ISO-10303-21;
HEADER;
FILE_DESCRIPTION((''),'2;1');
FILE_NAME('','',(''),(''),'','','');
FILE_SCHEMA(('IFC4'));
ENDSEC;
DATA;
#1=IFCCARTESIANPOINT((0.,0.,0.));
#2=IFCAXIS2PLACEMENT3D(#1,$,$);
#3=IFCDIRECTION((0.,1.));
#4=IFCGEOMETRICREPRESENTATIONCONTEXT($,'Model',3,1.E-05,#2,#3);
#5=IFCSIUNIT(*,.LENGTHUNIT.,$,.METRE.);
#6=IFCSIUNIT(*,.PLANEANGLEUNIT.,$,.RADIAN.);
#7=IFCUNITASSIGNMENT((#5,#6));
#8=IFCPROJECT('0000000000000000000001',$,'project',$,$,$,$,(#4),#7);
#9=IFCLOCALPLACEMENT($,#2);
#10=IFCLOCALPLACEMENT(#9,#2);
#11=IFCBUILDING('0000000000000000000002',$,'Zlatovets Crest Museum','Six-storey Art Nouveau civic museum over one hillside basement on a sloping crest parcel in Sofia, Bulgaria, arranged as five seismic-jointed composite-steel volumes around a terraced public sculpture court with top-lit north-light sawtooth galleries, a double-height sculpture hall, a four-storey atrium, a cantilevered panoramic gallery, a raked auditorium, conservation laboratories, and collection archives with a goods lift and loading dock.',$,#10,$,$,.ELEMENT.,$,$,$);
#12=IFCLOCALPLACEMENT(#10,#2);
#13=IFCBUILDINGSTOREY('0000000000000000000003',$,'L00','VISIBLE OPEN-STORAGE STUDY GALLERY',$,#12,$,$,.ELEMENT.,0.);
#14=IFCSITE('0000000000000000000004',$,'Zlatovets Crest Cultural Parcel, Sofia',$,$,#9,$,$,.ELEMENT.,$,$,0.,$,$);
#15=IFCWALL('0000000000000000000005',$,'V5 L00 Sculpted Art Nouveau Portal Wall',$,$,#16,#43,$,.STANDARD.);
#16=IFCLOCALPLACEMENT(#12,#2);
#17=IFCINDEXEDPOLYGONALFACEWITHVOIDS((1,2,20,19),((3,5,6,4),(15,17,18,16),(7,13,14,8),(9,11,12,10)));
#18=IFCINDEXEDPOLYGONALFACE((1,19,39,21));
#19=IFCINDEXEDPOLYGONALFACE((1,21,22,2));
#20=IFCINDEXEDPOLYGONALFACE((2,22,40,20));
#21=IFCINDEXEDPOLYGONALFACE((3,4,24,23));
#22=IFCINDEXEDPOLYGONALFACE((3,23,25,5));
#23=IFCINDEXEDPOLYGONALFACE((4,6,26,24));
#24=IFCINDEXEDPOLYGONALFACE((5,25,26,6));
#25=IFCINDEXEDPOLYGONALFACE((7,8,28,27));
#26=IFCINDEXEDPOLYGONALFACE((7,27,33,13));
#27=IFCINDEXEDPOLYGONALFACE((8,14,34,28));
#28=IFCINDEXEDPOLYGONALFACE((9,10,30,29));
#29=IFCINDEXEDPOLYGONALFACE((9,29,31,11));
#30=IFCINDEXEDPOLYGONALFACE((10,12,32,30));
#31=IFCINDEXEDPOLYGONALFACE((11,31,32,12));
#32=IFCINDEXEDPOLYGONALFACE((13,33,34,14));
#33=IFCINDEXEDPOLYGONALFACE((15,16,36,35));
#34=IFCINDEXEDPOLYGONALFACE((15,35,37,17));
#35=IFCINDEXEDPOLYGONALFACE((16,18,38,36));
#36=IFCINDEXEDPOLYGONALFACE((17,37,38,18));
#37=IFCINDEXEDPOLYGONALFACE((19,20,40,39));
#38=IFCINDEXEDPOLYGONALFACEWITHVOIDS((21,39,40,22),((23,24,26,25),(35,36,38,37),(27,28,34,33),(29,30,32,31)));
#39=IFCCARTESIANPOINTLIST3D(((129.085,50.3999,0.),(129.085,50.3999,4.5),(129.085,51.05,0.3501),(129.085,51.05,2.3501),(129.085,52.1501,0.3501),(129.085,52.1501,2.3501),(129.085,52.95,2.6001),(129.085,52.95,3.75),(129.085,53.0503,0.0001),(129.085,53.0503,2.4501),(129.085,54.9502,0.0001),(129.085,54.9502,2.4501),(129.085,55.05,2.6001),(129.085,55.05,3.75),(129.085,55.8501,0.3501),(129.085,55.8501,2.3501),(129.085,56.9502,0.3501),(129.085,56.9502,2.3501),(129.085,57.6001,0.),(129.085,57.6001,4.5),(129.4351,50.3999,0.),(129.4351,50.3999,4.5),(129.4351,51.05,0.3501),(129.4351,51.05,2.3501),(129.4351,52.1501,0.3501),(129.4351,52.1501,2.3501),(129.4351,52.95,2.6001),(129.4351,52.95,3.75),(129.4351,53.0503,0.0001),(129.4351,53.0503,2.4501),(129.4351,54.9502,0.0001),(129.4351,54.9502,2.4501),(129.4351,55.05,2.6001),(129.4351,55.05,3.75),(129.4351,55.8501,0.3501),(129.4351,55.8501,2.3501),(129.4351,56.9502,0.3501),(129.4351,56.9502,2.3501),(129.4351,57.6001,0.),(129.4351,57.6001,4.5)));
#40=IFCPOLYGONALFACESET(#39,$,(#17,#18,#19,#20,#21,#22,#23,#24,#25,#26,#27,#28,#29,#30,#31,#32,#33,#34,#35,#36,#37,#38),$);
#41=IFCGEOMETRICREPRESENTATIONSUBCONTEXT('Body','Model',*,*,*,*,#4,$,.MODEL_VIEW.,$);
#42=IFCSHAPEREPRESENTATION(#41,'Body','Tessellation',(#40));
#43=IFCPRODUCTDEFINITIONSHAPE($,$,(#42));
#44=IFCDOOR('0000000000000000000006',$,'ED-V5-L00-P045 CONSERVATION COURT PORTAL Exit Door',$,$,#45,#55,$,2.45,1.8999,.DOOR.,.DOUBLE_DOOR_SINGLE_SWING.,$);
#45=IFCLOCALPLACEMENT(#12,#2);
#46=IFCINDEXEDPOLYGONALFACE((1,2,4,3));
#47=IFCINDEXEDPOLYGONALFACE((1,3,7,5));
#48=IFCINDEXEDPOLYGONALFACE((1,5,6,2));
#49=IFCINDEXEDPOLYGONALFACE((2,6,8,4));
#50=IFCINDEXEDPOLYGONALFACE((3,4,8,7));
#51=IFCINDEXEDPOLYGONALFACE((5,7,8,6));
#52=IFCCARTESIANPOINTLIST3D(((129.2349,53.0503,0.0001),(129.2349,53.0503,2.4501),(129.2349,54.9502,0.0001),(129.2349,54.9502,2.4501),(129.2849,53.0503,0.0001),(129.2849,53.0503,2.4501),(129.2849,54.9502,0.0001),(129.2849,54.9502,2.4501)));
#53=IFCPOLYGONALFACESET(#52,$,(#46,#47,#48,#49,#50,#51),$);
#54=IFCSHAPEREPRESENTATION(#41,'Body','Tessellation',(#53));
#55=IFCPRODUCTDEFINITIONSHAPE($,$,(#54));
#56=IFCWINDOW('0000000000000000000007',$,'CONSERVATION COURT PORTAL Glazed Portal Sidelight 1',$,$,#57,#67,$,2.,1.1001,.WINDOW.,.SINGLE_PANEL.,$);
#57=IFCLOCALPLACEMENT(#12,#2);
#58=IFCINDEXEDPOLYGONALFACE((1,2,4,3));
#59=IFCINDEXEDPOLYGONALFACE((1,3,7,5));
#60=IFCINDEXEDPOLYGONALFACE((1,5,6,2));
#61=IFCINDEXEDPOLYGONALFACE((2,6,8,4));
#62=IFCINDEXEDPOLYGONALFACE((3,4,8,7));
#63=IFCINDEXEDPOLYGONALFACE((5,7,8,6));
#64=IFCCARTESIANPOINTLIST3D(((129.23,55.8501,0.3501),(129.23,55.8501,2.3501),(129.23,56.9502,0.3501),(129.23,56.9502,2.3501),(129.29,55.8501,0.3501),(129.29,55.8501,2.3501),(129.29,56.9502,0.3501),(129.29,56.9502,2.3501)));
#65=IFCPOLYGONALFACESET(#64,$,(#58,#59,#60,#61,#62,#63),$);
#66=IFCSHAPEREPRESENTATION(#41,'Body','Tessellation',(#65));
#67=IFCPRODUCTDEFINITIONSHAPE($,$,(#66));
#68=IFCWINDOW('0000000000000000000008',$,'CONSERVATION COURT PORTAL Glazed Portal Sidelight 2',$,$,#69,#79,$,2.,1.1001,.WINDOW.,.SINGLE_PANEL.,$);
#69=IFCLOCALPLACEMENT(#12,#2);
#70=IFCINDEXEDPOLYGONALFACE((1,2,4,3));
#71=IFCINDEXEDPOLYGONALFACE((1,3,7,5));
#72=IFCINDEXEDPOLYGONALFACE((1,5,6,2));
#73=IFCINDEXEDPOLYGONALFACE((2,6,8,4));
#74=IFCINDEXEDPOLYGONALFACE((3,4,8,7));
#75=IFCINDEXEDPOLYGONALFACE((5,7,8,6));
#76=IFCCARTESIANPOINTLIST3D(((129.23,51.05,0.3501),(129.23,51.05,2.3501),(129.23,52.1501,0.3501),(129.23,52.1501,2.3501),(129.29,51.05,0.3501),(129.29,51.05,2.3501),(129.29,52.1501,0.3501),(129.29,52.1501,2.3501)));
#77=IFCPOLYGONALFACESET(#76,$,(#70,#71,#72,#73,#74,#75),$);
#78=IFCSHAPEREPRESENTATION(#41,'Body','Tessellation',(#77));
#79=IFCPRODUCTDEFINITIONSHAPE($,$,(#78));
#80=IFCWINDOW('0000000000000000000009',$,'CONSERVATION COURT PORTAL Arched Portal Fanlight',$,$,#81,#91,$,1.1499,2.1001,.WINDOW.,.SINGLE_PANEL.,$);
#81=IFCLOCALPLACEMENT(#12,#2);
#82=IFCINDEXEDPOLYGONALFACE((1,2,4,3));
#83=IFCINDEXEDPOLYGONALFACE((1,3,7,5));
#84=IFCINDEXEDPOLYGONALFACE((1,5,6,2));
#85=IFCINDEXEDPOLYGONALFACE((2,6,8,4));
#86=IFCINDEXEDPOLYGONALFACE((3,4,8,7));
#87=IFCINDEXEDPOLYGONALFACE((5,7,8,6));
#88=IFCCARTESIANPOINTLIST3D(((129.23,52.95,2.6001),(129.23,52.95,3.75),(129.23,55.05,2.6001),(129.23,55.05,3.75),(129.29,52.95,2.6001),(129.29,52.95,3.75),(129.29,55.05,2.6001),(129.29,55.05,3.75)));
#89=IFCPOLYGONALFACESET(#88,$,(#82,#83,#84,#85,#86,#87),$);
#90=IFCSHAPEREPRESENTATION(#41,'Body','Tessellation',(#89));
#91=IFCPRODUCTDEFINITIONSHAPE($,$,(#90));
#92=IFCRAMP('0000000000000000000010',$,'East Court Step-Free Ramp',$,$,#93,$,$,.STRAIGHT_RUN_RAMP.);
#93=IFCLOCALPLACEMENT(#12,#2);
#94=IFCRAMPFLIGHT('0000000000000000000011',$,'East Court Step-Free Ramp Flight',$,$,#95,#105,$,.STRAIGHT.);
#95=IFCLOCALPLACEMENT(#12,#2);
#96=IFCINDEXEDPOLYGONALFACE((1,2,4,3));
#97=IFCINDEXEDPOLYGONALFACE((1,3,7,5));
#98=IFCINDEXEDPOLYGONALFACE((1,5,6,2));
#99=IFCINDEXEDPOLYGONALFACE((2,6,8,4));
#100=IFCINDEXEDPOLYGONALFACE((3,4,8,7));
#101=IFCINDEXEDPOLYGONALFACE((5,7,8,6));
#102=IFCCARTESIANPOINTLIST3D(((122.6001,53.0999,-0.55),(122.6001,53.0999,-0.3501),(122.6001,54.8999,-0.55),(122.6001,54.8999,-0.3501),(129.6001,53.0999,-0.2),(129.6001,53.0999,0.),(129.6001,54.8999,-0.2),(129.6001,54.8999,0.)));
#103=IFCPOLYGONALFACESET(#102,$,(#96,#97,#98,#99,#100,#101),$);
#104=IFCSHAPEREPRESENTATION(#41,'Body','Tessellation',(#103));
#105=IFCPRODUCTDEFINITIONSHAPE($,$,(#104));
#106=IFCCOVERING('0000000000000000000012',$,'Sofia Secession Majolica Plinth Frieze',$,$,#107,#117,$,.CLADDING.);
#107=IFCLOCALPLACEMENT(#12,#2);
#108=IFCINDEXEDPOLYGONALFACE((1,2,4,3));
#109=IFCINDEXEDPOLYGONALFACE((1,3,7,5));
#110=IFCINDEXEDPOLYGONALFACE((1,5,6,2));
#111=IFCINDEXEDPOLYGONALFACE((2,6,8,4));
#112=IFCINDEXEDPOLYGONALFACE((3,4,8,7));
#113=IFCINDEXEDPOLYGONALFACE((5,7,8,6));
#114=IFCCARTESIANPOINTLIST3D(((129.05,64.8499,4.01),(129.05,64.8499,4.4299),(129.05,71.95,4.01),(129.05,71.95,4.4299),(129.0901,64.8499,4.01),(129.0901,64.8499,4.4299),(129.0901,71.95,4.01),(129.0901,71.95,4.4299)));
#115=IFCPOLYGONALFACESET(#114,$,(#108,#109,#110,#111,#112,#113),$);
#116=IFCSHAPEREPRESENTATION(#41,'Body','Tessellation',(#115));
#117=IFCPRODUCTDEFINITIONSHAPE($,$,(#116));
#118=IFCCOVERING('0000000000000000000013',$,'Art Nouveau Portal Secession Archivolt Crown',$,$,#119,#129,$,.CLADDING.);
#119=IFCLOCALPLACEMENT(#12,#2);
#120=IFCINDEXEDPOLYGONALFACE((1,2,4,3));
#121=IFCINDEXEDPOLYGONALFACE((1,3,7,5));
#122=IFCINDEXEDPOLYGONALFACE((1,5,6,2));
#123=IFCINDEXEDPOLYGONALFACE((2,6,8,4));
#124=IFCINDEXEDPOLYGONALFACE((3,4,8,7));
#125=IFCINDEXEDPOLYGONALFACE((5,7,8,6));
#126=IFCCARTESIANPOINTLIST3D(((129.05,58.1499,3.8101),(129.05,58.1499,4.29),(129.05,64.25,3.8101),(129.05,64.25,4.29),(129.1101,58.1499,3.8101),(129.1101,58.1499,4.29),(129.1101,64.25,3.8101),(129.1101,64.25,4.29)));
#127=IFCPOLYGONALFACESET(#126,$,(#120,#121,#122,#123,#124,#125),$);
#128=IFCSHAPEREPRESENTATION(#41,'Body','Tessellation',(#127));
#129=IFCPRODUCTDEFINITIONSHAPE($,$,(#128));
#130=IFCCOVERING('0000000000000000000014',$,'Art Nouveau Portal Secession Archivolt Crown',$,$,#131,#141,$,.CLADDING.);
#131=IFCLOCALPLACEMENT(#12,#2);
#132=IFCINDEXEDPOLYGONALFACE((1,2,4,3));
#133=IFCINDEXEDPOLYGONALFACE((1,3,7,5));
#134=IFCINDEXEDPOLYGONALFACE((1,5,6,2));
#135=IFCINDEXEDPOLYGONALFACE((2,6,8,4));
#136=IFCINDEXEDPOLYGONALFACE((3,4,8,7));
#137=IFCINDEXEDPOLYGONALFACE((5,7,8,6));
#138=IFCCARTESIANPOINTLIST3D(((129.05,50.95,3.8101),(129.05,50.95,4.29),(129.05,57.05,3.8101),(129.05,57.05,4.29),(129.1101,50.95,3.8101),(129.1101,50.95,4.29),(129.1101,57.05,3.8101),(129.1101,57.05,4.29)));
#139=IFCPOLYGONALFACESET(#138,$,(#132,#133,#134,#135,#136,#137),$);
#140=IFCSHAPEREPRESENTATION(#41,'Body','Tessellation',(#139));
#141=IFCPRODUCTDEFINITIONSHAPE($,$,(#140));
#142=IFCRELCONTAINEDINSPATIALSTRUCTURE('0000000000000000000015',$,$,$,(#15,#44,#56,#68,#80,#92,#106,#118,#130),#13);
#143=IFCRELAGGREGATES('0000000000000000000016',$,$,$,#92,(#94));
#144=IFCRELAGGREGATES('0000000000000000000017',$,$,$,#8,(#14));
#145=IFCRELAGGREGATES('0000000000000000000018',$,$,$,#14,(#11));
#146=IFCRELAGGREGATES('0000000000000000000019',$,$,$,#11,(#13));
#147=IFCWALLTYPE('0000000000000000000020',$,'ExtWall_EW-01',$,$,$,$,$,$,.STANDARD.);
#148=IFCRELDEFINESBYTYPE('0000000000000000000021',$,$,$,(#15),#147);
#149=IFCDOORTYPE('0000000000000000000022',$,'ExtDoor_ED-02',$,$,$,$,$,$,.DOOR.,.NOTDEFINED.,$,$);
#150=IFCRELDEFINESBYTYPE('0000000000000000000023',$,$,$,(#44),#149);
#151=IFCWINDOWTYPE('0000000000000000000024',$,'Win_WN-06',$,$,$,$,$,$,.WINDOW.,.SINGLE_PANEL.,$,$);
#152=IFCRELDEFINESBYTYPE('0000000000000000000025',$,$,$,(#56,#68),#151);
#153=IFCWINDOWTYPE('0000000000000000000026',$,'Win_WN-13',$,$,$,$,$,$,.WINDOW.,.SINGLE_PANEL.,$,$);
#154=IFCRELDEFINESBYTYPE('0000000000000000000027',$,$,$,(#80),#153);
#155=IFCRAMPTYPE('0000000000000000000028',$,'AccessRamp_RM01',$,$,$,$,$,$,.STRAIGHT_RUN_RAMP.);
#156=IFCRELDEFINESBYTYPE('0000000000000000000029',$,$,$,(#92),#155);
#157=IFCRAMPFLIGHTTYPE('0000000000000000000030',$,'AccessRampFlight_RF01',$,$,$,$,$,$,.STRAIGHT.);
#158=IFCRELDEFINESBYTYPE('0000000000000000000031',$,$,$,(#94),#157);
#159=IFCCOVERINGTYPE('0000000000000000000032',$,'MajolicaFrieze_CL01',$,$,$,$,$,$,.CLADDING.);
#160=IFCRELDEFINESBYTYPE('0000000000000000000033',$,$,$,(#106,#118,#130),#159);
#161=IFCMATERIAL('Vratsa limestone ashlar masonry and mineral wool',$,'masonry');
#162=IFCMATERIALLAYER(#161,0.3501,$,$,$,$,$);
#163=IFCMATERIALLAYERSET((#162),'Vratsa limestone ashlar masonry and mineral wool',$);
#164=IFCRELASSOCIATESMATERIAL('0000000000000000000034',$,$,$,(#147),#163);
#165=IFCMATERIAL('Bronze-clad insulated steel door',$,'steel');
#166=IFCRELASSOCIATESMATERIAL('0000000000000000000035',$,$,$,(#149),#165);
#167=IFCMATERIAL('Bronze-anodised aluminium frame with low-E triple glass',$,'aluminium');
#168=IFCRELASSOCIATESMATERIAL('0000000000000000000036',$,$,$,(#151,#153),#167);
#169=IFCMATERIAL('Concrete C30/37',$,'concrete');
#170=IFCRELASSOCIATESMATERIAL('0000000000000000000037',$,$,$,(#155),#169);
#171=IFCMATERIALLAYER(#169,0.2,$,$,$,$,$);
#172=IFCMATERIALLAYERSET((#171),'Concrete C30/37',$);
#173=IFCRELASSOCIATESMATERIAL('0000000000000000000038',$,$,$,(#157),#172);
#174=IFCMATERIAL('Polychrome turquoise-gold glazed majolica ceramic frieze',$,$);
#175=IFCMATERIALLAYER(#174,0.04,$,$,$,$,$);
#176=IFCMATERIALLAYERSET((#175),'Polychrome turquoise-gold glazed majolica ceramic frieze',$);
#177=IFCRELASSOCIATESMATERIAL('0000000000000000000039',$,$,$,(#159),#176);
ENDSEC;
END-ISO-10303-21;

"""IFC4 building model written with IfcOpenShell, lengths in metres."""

from ifc_helpers import new_model, si_unit, direction, frame, frame_2d, origin, origin_2d, place, context, subcontext, project, spatial, polyline, rectangle, outline, extrude, material, layer, layer_set, type_object, element, fill, aggregate, save


model = new_model("IFC4")

# Units and contexts
model_context = context("Model", 3, precision=1e-05, world=origin(), true_north=direction((0.0, 1.0)))
body_context = subcontext(model_context, "Body", "Model", "MODEL_VIEW")
ifc_project = project(units=[si_unit("LENGTHUNIT", "METRE"), si_unit("PLANEANGLEUNIT", "RADIAN")], contexts=[model_context])

# Site, building, storey
site_placement = place(None, origin())
site = spatial("IfcSite", under=ifc_project, at=site_placement, Name="Zlatovets Crest Cultural Parcel, Sofia", CompositionType="ELEMENT", RefElevation=0.0)
building_placement = place(site_placement, origin())
building = spatial("IfcBuilding", under=site, at=building_placement, Name="Zlatovets Crest Museum", Description="Six-storey Art Nouveau civic museum over one hillside basement on a sloping crest parcel in Sofia, Bulgaria, arranged as five seismic-jointed composite-steel volumes around a terraced public sculpture court with top-lit north-light sawtooth galleries, a double-height sculpture hall, a four-storey atrium, a cantilevered panoramic gallery, a raked auditorium, conservation laboratories, and collection archives with a goods lift and loading dock.", CompositionType="ELEMENT")
storey_placement = place(building_placement, origin())
storey = spatial("IfcBuildingStorey", under=building, at=storey_placement, Name="L00", Description="VISIBLE OPEN-STORAGE STUDY GALLERY", CompositionType="ELEMENT", Elevation=0.0)

# Wall, openings, door, windows
ifc_material_1 = material(Name="Vratsa limestone ashlar masonry and mineral wool", Category="masonry")
ifc_layer_1 = layer(ifc_material_1, 0.3501)
ifc_layer_set_1 = layer_set([ifc_layer_1], Name="Vratsa limestone ashlar masonry and mineral wool")
wall_type = type_object("IfcWallType", Name="ExtWall_EW-01", PredefinedType="STANDARD", material=ifc_layer_set_1)
ifc_material_2 = material(Name="Bronze-clad insulated steel door", Category="steel")
door_type = type_object("IfcDoorType", Name="ExtDoor_ED-02", OperationType="NOTDEFINED", PredefinedType="DOOR", material=ifc_material_2)
ifc_material_3 = material(Name="Bronze-anodised aluminium frame with low-E triple glass", Category="aluminium")
window_type_1 = type_object("IfcWindowType", Name="Win_WN-06", PartitioningType="SINGLE_PANEL", PredefinedType="WINDOW", material=ifc_material_3)
window_type_2 = type_object("IfcWindowType", Name="Win_WN-13", PartitioningType="SINGLE_PANEL", PredefinedType="WINDOW", material=ifc_material_3)
wall_1_placement = place(storey_placement, frame((129.26, 57.6001, 0.0), z_axis=(0.0, 0.0, 1.0), x_axis=(0.0, -1.0, 0.0)))
wall_1 = element("IfcWall", 1, at=wall_1_placement, inside=storey, type_object=wall_type, Name="V5 L00 Sculpted Art Nouveau Portal Wall", PredefinedType="STANDARD", context=body_context, shape_type="SweptSolid", body=[
    extrude(rectangle(XDim=7.2002, YDim=0.3501, at=frame_2d((3.6001, 0.0))), origin(), (0.0, 0.0, 1.0), 4.5),
])
opening_1_placement = place(wall_1_placement, frame((2.6499, 0.0, 0.0)))
opening_1 = element("IfcOpeningElement", 2, at=opening_1_placement, cuts=wall_1, PredefinedType="OPENING", context=body_context, shape_type="SweptSolid", body=[
    extrude(rectangle(XDim=1.8999, YDim=2.45, at=frame_2d((0.95, 1.2251))), frame((0.0, 0.1851, 0.0), z_axis=(0.0, -1.0, 0.0), x_axis=(1.0, 0.0, 0.0)), (0.0, 0.0, 1.0), 0.3701),
])
opening_2_placement = place(wall_1_placement, frame((2.55, 0.0, 2.6001)))
opening_2 = element("IfcOpeningElement", 3, at=opening_2_placement, cuts=wall_1, PredefinedType="OPENING", context=body_context, shape_type="SweptSolid", body=[
    extrude(rectangle(XDim=2.1001, YDim=1.1499, at=frame_2d((1.05, 0.575))), frame((0.0, 0.1851, 0.0), z_axis=(0.0, -1.0, 0.0), x_axis=(1.0, 0.0, 0.0)), (0.0, 0.0, 1.0), 0.3701),
])
opening_3_placement = place(wall_1_placement, frame((0.6499, 0.0, 0.3501)))
opening_3 = element("IfcOpeningElement", 4, at=opening_3_placement, cuts=wall_1, PredefinedType="OPENING", context=body_context, shape_type="SweptSolid", body=[
    extrude(rectangle(XDim=1.1001, YDim=2.0, at=frame_2d((0.55, 1.0))), frame((0.0, 0.1851, 0.0), z_axis=(0.0, -1.0, 0.0), x_axis=(1.0, 0.0, 0.0)), (0.0, 0.0, 1.0), 0.3701),
])
opening_4_placement = place(wall_1_placement, frame((5.45, 0.0, 0.3501)))
opening_4 = element("IfcOpeningElement", 5, at=opening_4_placement, cuts=wall_1, PredefinedType="OPENING", context=body_context, shape_type="SweptSolid", body=[
    extrude(rectangle(XDim=1.1001, YDim=2.0, at=frame_2d((0.55, 1.0))), frame((0.0, 0.1851, 0.0), z_axis=(0.0, -1.0, 0.0), x_axis=(1.0, 0.0, 0.0)), (0.0, 0.0, 1.0), 0.3701),
])
door_1_placement = place(opening_1_placement, origin())
door_1 = element("IfcDoor", 6, at=door_1_placement, inside=storey, type_object=door_type, Name="ED-V5-L00-P045 CONSERVATION COURT PORTAL Exit Door", OperationType="DOUBLE_DOOR_SINGLE_SWING", OverallHeight=2.45, OverallWidth=1.8999, PredefinedType="DOOR", context=body_context, shape_type="SweptSolid", body=[
    extrude(rectangle(XDim=1.8999, YDim=2.45, at=frame_2d((0.95, 1.2251))), frame((0.0, 0.0249, 0.0), z_axis=(0.0, -1.0, 0.0), x_axis=(1.0, 0.0, 0.0)), (0.0, 0.0, 1.0), 0.05),
])
fill(opening_1, door_1)
window_1_placement = place(opening_3_placement, origin())
window_1 = element("IfcWindow", 7, at=window_1_placement, inside=storey, type_object=window_type_1, Name="CONSERVATION COURT PORTAL Glazed Portal Sidelight 1", OverallHeight=2.0, OverallWidth=1.1001, PartitioningType="SINGLE_PANEL", PredefinedType="WINDOW", context=body_context, shape_type="SweptSolid", body=[
    extrude(rectangle(XDim=1.1001, YDim=2.0, at=frame_2d((0.55, 1.0))), frame((0.0, 0.03, 0.0), z_axis=(0.0, -1.0, 0.0), x_axis=(1.0, 0.0, 0.0)), (0.0, 0.0, 1.0), 0.0601),
])
fill(opening_3, window_1)
window_2_placement = place(opening_4_placement, origin())
window_2 = element("IfcWindow", 8, at=window_2_placement, inside=storey, type_object=window_type_1, Name="CONSERVATION COURT PORTAL Glazed Portal Sidelight 2", OverallHeight=2.0, OverallWidth=1.1001, PartitioningType="SINGLE_PANEL", PredefinedType="WINDOW", context=body_context, shape_type="SweptSolid", body=[
    extrude(rectangle(XDim=1.1001, YDim=2.0, at=frame_2d((0.55, 1.0))), frame((0.0, 0.03, 0.0), z_axis=(0.0, -1.0, 0.0), x_axis=(1.0, 0.0, 0.0)), (0.0, 0.0, 1.0), 0.0601),
])
fill(opening_4, window_2)
window_3_placement = place(opening_2_placement, origin())
window_3 = element("IfcWindow", 9, at=window_3_placement, inside=storey, type_object=window_type_2, Name="CONSERVATION COURT PORTAL Arched Portal Fanlight", OverallHeight=1.1499, OverallWidth=2.1001, PartitioningType="SINGLE_PANEL", PredefinedType="WINDOW", context=body_context, shape_type="SweptSolid", body=[
    extrude(rectangle(XDim=2.1001, YDim=1.1499, at=frame_2d((1.05, 0.575))), frame((0.0, 0.03, 0.0), z_axis=(0.0, -1.0, 0.0), x_axis=(1.0, 0.0, 0.0)), (0.0, 0.0, 1.0), 0.0601),
])
fill(opening_2, window_3)

# Ramp, ramp flight
ifc_material_4 = material(Name="Concrete C30/37", Category="concrete")
ramp_type = type_object("IfcRampType", Name="AccessRamp_RM01", PredefinedType="STRAIGHT_RUN_RAMP", material=ifc_material_4)
ramp_placement = place(storey_placement, origin())
ramp = element("IfcRamp", 10, at=ramp_placement, inside=storey, type_object=ramp_type, Name="East Court Step-Free Ramp", PredefinedType="STRAIGHT_RUN_RAMP")
ifc_layer_2 = layer(ifc_material_4, 0.2)
ifc_layer_set_2 = layer_set([ifc_layer_2], Name="Concrete C30/37")
ramp_flight_type = type_object("IfcRampFlightType", Name="AccessRampFlight_RF01", PredefinedType="STRAIGHT", material=ifc_layer_set_2)
ramp_flight_placement = place(storey_placement, frame((122.6001, 54.0, -0.3501), z_axis=(0.0, 0.0, 1.0), x_axis=(1.0, 0.0, 0.0)))
ramp_flight = element("IfcRampFlight", 11, at=ramp_flight_placement, type_object=ramp_flight_type, Name="East Court Step-Free Ramp Flight", PredefinedType="STRAIGHT", context=body_context, shape_type="SweptSolid", body=[
    extrude(outline(polyline([(0.0, 0.0), (7.0, 0.3501), (7.0, 0.1501), (0.0, -0.2), (0.0, 0.0)])), frame((0.0, 0.8999, 0.0), z_axis=(0.0, -1.0, 0.0), x_axis=(1.0, 0.0, 0.0)), (0.0, 0.0, 1.0), 1.8),
])
aggregate(ramp, [ramp_flight])

# Coverings
ifc_material_5 = material(Name="Polychrome turquoise-gold glazed majolica ceramic frieze")
ifc_layer_3 = layer(ifc_material_5, 0.04)
ifc_layer_set_3 = layer_set([ifc_layer_3], Name="Polychrome turquoise-gold glazed majolica ceramic frieze")
covering_type = type_object("IfcCoveringType", Name="MajolicaFrieze_CL01", PredefinedType="CLADDING", material=ifc_layer_set_3)
covering_placement = place(storey_placement, frame((129.0701, 68.3999, 4.01), z_axis=(0.0, 0.0, 1.0), x_axis=(0.0, 1.0, 0.0)))
element("IfcCovering", 12, at=covering_placement, inside=storey, type_object=covering_type, Name="Sofia Secession Majolica Plinth Frieze", PredefinedType="CLADDING", context=body_context, shape_type="SweptSolid", body=[
    extrude(rectangle(XDim=7.1001, YDim=0.04, at=origin_2d()), origin(), (0.0, 0.0, 1.0), 0.4199),
])
for number, where, z_axis, x_axis, name in (
    (13, (129.0801, 61.2, 3.8101), (0.0, 0.0, 1.0), (0.0, 1.0, 0.0), "Art Nouveau Portal Secession Archivolt Crown"),
    (14, (129.0801, 54.0, 3.8101), (0.0, 0.0, 1.0), (0.0, 1.0, 0.0), "Art Nouveau Portal Secession Archivolt Crown"),
):
    element("IfcCovering", number, at=place(storey_placement, frame(where, z_axis=z_axis, x_axis=x_axis)), inside=storey, type_object=covering_type, Name=name, PredefinedType="CLADDING", context=body_context, shape_type="SweptSolid", body=[
        extrude(rectangle(XDim=6.1001, YDim=0.0601, at=origin_2d()), origin(), (0.0, 0.0, 1.0), 0.48),
    ])

save(model, "model.ifc")
